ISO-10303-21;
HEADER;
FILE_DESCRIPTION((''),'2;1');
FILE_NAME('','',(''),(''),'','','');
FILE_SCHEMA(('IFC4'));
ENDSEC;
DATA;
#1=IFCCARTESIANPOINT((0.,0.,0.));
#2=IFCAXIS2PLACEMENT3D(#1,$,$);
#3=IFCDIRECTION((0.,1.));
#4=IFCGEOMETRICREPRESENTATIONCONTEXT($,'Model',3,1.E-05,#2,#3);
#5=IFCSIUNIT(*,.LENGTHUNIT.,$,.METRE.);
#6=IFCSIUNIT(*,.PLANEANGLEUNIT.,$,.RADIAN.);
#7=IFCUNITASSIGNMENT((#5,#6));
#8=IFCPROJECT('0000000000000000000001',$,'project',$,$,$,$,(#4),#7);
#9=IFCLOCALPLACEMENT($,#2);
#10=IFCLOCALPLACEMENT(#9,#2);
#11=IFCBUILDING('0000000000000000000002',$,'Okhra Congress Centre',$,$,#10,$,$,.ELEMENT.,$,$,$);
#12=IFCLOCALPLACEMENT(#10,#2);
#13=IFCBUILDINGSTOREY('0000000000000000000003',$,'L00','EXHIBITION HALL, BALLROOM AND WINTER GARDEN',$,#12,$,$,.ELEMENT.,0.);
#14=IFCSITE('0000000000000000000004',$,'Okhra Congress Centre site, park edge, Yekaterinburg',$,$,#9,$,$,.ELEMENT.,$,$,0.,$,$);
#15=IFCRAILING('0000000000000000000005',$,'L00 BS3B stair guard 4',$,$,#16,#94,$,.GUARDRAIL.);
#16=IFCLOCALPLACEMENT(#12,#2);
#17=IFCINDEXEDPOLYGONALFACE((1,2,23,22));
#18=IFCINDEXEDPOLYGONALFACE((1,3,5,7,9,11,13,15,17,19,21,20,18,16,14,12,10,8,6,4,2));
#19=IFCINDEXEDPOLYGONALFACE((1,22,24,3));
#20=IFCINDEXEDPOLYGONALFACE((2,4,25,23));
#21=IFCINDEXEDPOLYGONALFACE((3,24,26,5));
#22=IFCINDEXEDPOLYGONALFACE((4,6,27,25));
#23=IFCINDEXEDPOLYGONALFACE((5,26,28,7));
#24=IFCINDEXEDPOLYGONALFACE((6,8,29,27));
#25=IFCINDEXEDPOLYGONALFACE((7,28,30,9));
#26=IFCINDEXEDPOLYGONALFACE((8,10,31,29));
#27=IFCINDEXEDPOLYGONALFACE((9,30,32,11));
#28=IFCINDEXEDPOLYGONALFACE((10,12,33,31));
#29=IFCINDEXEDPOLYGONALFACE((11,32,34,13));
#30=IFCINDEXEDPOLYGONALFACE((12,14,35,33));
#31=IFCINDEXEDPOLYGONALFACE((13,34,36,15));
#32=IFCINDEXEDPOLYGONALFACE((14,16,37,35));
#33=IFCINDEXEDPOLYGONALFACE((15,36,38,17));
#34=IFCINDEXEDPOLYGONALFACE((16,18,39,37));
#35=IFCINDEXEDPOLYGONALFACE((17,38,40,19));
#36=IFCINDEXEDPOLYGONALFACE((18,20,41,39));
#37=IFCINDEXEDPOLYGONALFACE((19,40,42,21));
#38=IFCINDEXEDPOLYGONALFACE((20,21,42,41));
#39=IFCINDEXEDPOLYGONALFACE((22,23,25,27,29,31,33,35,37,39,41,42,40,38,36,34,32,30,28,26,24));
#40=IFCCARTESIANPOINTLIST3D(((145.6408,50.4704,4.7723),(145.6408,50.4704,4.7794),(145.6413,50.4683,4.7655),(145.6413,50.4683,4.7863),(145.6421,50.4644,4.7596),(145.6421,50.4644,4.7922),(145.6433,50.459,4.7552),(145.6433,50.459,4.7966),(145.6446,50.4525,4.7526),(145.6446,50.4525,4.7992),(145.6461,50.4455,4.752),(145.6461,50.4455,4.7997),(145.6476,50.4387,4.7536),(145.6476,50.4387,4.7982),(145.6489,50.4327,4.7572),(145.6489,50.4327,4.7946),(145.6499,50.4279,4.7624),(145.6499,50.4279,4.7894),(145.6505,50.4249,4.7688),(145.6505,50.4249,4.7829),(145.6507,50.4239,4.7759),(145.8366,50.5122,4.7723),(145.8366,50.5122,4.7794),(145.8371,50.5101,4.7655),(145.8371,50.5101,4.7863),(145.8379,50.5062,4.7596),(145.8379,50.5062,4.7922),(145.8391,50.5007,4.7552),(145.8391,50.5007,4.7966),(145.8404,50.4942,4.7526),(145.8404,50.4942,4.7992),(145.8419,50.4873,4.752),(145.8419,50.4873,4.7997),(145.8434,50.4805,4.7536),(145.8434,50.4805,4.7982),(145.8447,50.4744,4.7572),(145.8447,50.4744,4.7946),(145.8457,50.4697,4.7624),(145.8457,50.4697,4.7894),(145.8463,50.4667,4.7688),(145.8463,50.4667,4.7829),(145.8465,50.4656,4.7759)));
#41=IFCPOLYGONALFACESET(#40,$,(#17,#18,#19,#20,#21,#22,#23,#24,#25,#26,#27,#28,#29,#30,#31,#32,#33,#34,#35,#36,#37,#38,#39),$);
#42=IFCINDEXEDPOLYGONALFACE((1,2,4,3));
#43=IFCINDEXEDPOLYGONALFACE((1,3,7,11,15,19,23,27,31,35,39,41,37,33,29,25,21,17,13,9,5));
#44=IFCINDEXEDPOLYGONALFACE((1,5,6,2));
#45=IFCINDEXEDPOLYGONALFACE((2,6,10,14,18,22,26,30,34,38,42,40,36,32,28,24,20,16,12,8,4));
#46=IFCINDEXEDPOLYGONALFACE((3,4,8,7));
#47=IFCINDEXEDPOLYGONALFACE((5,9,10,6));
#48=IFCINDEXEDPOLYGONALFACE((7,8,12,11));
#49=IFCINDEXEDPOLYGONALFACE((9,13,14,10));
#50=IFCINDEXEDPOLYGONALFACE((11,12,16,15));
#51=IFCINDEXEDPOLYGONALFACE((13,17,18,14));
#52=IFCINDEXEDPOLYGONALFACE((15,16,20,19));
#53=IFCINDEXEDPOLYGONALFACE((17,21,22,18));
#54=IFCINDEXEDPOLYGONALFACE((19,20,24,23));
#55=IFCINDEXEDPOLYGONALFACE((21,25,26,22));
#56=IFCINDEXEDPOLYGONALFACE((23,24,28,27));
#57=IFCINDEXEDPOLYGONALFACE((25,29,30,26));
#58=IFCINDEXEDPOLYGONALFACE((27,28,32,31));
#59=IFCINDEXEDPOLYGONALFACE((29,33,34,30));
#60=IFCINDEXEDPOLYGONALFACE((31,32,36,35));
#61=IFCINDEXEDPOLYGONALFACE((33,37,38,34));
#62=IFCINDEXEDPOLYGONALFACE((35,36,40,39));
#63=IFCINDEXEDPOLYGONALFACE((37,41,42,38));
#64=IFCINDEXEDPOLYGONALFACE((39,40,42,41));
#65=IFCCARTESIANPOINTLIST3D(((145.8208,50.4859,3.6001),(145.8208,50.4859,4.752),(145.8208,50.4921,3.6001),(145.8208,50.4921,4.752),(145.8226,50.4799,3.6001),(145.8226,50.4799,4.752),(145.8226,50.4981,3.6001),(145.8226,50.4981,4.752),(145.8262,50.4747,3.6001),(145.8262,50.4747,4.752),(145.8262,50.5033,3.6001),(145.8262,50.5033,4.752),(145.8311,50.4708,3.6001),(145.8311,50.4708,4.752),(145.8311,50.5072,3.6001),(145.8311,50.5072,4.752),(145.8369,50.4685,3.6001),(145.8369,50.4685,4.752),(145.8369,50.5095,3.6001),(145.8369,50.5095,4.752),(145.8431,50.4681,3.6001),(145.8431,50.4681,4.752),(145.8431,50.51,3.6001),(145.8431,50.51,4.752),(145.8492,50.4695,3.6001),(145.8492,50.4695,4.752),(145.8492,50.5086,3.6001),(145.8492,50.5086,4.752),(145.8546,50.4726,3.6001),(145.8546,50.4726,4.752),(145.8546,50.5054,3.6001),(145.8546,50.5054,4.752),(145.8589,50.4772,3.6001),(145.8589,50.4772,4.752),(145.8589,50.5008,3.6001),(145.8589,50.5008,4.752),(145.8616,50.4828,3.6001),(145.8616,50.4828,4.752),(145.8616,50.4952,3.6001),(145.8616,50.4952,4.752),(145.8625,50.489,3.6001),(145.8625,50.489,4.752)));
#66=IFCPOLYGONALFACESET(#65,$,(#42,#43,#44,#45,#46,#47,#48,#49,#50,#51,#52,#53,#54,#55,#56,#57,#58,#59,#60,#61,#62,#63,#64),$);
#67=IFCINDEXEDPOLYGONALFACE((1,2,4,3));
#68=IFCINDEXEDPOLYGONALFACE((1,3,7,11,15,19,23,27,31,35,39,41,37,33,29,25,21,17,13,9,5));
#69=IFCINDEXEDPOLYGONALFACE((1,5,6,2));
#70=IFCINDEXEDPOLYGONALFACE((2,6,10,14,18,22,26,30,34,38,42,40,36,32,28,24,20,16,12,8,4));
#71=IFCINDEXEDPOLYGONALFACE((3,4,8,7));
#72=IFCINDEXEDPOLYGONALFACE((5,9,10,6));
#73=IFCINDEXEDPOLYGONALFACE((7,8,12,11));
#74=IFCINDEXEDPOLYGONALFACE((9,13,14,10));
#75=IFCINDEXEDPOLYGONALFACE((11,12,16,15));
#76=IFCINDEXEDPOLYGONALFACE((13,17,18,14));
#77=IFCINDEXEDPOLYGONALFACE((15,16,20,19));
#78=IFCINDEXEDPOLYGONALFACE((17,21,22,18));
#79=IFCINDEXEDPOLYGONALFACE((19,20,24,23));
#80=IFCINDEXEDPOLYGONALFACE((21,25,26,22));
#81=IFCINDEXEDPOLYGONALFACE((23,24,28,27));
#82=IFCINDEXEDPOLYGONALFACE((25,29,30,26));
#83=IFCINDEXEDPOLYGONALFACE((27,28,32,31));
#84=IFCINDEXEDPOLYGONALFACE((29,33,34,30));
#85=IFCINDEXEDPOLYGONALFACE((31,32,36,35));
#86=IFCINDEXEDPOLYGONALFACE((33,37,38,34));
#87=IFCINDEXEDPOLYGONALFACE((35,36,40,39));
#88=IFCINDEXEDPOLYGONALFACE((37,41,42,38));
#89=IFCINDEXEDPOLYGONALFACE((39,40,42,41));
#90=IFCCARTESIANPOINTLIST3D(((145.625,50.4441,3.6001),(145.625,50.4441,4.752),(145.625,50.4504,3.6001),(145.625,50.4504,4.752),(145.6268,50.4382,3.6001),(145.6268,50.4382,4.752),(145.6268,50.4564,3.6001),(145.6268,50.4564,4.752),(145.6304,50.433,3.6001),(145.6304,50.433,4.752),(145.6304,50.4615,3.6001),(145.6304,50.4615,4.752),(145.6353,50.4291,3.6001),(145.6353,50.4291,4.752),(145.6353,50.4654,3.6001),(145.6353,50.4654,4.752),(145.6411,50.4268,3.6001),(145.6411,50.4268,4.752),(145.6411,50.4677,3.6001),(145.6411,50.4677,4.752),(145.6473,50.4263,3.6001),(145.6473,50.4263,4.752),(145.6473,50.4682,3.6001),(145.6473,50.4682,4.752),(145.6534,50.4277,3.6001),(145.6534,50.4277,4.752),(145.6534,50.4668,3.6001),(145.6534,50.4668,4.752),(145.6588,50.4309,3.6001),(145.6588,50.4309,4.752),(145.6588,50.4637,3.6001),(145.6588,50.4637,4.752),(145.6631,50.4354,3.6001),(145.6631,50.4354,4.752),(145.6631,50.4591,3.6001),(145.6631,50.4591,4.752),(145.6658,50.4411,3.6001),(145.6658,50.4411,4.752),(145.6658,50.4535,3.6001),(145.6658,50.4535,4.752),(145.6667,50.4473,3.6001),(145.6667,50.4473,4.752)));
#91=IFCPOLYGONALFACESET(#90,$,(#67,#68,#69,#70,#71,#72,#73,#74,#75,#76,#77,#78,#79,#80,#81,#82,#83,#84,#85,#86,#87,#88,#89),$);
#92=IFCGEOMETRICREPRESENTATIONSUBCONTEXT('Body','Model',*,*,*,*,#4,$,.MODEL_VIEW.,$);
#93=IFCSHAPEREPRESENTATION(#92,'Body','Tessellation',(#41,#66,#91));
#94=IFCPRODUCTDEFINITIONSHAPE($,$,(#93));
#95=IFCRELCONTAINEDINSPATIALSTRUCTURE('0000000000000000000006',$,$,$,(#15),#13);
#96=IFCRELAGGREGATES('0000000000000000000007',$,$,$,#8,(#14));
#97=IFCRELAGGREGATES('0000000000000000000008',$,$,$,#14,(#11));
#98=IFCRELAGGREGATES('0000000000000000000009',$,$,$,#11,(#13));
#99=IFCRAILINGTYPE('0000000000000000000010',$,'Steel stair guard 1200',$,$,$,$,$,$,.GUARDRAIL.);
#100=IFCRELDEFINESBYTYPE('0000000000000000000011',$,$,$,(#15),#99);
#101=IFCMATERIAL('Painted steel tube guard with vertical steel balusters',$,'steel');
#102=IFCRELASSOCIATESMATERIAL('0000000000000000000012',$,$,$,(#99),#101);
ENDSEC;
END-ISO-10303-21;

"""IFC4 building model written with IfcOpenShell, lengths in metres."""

from ifc_helpers import new_model, si_unit, direction, frame, origin, origin_2d, place, context, subcontext, project, spatial, circle, extrude, material, type_object, element, save


model = new_model("IFC4")

# Units and contexts
model_context = context("Model", 3, precision=1e-05, world=origin(), true_north=direction((0.0, 1.0)))
body_context = subcontext(model_context, "Body", "Model", "MODEL_VIEW")
ifc_project = project(units=[si_unit("LENGTHUNIT", "METRE"), si_unit("PLANEANGLEUNIT", "RADIAN")], contexts=[model_context])

# Site, building, storey
site_placement = place(None, origin())
site = spatial("IfcSite", under=ifc_project, at=site_placement, Name="Okhra Congress Centre site, park edge, Yekaterinburg", CompositionType="ELEMENT", RefElevation=0.0)
building_placement = place(site_placement, origin())
building = spatial("IfcBuilding", under=site, at=building_placement, Name="Okhra Congress Centre", CompositionType="ELEMENT")
storey_placement = place(building_placement, origin())
storey = spatial("IfcBuildingStorey", under=building, at=storey_placement, Name="L00", Description="EXHIBITION HALL, BALLROOM AND WINTER GARDEN", CompositionType="ELEMENT", Elevation=0.0)

# Railing
ifc_material_1 = material(Name="Painted steel tube guard with vertical steel balusters", Category="steel")
railing_type_1 = type_object("IfcRailingType", Name="Steel stair guard 1200", PredefinedType="GUARDRAIL", material=ifc_material_1)
railing_1_placement = place(storey_placement, frame((145.8416, 50.489, 3.6001)))
element("IfcRailing", 1, at=railing_1_placement, inside=storey, type_object=railing_type_1, Name="L00 BS3B stair guard 4", PredefinedType="GUARDRAIL", context=body_context, shape_type="SweptSolid", body=[
    extrude(circle(Radius=0.0239, at=origin_2d()), frame((0.0, 0.0, 1.1758), z_axis=(-0.978016, -0.20853, 0.0), x_axis=(0.20853, -0.978016, 0.0)), (0.0, 0.0, 1.0), 0.2002),
    extrude(circle(Radius=0.021, at=origin_2d()), origin(), (0.0, 0.0, 1.0), 1.1519),
    extrude(circle(Radius=0.021, at=origin_2d()), frame((-0.1958, -0.0417, 0.0)), (0.0, 0.0, 1.0), 1.1519),
])

save(model, "model.ifc")
